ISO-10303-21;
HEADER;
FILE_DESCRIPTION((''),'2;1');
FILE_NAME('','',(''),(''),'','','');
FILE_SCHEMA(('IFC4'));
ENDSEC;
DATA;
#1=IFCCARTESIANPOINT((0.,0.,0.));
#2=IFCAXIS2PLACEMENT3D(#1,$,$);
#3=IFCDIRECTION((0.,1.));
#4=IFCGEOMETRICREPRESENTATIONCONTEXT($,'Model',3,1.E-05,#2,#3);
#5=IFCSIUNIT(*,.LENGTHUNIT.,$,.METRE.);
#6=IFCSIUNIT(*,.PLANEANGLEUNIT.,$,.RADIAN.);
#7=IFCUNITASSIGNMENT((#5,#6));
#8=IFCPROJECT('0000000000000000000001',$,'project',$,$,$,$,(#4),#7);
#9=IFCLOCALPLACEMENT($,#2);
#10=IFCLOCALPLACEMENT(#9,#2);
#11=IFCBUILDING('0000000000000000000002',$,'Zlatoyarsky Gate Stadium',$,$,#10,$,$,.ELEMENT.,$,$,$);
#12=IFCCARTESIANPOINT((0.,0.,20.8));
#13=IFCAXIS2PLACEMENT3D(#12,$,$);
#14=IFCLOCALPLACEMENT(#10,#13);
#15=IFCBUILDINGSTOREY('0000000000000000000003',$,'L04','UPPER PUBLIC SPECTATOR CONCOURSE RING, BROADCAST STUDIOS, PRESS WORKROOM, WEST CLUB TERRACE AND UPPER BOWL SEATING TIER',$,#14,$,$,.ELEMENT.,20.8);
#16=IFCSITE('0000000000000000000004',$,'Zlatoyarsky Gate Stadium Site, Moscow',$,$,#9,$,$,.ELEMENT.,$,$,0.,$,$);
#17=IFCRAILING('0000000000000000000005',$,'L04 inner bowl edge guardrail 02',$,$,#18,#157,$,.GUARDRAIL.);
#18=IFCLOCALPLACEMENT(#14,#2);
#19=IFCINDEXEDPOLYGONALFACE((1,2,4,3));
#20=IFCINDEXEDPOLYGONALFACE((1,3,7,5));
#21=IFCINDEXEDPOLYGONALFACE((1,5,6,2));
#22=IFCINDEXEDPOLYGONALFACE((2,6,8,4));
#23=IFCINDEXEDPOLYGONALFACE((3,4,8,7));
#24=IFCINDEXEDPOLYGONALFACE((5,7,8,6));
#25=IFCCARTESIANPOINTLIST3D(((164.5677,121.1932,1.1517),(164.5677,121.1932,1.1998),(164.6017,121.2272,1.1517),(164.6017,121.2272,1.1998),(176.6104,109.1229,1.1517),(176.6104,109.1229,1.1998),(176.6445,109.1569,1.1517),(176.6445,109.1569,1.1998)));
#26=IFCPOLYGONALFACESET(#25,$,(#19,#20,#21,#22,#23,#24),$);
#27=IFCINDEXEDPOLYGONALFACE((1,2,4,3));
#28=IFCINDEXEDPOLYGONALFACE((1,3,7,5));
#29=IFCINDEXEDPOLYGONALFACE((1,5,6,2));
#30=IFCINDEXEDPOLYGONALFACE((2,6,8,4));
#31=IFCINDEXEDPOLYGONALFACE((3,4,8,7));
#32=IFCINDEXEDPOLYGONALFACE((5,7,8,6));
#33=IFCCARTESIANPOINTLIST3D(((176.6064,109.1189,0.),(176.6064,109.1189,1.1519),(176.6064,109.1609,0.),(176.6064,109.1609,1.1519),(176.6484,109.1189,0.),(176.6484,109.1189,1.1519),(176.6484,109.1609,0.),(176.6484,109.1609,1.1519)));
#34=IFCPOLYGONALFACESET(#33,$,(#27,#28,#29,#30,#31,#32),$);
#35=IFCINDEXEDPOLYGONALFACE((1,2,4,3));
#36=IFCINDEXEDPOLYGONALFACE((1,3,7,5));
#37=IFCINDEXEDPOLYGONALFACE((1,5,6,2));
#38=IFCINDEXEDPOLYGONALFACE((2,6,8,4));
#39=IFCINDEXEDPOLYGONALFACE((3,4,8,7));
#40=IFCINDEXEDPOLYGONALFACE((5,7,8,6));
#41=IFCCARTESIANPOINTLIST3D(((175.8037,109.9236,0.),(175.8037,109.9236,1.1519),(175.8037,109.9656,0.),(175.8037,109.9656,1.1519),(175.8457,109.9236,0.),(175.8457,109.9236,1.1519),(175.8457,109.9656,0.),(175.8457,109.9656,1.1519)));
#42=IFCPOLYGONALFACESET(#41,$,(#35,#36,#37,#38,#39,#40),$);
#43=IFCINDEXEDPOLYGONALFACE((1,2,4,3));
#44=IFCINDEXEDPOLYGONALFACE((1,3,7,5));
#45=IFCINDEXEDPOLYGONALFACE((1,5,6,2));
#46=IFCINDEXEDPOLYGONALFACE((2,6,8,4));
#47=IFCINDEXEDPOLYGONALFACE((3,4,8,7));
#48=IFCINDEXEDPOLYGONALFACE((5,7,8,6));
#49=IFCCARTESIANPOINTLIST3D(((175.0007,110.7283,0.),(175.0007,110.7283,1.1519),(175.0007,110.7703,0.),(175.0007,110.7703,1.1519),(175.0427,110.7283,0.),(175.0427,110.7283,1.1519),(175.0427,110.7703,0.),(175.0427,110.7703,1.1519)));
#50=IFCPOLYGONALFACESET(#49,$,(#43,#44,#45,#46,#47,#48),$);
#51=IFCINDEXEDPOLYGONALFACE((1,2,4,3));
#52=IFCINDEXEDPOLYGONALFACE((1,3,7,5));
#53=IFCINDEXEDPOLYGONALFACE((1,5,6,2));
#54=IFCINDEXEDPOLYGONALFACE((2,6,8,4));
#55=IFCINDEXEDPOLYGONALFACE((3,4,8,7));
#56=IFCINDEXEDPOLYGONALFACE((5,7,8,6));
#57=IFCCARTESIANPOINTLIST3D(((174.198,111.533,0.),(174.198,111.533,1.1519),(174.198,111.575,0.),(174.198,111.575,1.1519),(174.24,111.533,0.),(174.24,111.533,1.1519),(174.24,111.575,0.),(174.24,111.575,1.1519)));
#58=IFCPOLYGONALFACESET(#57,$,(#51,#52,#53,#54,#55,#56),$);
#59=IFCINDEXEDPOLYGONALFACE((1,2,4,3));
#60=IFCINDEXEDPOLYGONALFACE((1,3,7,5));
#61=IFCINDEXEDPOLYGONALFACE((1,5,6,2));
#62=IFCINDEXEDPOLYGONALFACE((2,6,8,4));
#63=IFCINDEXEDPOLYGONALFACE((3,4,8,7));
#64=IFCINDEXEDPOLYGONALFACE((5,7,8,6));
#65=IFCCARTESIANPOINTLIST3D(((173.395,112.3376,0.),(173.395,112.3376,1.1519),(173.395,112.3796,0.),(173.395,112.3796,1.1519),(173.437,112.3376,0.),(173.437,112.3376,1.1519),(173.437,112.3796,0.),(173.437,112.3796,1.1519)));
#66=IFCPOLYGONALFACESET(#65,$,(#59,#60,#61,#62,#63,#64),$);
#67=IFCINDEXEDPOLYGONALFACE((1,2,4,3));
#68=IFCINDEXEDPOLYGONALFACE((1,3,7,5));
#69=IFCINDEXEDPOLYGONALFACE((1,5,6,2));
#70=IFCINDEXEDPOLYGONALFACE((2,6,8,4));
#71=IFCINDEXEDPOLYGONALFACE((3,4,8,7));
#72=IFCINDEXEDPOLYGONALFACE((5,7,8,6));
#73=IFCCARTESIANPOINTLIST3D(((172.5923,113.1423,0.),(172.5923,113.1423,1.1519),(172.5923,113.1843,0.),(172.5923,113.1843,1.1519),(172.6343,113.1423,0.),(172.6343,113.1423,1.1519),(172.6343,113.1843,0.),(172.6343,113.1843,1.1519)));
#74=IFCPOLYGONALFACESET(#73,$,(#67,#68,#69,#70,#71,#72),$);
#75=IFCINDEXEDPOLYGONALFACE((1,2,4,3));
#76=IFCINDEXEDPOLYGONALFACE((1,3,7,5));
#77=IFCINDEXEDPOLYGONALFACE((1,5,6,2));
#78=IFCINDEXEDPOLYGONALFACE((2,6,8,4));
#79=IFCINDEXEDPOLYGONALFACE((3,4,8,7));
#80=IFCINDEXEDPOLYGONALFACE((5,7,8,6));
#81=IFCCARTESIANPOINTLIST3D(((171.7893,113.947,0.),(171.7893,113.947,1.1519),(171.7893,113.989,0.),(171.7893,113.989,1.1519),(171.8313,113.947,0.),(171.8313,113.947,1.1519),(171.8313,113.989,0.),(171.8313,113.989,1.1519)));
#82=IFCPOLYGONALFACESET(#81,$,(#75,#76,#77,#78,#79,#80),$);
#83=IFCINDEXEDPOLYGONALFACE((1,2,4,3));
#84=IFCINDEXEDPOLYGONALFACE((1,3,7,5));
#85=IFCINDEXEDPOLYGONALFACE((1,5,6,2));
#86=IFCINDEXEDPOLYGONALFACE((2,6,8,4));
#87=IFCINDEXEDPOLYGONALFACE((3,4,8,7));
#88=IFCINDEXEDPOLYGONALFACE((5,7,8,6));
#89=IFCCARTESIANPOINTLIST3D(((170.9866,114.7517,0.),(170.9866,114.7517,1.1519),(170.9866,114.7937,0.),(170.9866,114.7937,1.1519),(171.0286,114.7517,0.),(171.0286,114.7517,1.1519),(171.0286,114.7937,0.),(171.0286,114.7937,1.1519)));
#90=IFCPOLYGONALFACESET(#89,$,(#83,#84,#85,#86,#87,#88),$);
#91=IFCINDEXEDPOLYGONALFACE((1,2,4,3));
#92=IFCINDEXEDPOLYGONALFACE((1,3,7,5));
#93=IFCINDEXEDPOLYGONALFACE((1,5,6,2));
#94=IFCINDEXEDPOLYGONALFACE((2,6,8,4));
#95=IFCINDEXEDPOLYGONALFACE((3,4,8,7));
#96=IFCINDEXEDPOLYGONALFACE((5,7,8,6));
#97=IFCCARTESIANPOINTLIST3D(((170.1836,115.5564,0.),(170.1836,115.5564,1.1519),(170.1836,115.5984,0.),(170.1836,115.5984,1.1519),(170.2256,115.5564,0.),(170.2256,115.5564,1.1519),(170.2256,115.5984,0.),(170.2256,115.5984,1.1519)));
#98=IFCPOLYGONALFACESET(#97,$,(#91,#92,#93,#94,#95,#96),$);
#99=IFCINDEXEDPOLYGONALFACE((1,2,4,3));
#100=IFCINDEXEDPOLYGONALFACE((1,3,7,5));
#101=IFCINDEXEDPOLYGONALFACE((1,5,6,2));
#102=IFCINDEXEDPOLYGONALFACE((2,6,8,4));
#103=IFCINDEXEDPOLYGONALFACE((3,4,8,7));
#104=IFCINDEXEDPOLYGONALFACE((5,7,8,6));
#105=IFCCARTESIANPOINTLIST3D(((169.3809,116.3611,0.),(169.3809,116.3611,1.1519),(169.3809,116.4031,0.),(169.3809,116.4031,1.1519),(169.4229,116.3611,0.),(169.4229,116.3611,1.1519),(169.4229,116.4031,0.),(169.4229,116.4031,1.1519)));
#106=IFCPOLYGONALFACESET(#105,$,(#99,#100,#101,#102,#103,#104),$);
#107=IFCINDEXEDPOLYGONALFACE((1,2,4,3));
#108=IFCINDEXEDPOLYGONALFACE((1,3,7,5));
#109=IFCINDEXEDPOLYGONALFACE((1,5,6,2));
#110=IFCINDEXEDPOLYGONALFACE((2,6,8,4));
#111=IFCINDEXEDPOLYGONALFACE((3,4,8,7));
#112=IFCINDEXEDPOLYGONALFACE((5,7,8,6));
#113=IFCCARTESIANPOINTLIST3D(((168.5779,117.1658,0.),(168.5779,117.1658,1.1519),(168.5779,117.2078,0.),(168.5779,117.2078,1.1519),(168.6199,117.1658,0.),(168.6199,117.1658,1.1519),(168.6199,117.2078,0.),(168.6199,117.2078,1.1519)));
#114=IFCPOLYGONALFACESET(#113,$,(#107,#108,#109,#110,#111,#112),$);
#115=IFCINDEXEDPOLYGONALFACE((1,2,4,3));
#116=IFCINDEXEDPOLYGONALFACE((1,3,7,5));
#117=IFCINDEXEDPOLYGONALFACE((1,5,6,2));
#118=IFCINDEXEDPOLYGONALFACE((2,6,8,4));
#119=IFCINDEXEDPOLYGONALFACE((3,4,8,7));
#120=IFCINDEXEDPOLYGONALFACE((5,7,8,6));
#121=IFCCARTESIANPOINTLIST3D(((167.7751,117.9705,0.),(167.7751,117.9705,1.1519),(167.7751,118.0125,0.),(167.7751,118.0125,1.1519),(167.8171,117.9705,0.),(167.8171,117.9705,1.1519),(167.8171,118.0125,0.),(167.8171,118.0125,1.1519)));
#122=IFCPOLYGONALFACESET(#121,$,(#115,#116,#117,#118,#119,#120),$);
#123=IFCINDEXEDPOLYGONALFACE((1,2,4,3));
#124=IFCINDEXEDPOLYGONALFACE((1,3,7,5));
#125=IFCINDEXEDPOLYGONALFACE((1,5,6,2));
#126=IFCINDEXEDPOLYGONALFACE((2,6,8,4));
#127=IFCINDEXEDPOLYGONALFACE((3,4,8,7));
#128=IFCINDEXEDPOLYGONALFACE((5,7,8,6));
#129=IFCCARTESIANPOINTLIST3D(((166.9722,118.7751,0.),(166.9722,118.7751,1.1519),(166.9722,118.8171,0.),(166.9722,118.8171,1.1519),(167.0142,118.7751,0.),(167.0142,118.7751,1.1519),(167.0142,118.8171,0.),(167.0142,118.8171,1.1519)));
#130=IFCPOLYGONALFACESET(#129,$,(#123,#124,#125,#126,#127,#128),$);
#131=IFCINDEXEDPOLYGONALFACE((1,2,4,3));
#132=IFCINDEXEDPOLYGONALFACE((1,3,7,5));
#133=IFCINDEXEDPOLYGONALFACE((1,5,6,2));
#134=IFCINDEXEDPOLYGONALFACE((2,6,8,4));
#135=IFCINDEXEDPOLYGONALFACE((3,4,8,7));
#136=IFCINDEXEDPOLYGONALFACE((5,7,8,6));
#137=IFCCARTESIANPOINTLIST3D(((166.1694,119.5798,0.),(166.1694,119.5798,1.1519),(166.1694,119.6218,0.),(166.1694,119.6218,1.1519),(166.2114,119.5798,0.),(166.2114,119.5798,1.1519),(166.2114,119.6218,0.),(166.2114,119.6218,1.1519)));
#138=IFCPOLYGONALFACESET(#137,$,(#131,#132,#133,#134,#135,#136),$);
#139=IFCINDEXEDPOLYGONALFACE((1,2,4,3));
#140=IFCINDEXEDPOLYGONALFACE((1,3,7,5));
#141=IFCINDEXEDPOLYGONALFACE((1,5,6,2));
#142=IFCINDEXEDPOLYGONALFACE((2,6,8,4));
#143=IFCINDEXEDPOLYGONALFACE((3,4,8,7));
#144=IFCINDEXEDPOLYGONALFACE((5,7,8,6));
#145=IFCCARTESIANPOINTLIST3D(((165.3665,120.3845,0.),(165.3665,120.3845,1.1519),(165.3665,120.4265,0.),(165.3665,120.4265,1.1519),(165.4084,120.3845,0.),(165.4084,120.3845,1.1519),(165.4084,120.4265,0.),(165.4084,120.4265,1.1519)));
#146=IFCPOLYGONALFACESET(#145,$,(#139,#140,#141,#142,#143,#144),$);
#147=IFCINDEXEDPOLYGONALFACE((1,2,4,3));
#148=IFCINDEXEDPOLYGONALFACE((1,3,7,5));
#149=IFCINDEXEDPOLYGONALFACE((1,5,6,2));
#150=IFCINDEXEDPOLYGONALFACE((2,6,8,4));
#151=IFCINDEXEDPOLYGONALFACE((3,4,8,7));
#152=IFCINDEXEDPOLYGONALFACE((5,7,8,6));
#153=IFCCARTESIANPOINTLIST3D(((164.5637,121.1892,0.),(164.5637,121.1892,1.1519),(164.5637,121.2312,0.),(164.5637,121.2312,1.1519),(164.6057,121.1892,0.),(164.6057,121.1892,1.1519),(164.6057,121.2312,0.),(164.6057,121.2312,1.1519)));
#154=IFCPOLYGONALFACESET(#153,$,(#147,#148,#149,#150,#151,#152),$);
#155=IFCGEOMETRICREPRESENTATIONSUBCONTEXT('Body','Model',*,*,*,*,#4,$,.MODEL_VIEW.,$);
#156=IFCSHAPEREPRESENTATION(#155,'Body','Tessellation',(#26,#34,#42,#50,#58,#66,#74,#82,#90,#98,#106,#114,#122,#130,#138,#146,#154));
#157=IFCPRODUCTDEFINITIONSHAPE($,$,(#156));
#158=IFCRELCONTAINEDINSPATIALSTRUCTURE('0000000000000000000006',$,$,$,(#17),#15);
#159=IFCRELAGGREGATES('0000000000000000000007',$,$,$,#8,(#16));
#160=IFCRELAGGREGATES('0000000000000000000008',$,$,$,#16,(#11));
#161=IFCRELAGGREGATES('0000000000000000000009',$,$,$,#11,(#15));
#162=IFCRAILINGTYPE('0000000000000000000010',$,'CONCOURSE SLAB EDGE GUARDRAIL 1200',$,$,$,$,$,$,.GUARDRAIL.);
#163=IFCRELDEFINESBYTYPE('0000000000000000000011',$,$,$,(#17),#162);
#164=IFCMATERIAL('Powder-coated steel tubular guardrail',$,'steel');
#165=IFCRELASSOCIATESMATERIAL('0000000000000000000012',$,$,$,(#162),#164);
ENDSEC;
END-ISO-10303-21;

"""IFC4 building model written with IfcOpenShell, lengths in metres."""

from ifc_helpers import new_model, si_unit, direction, frame, origin, origin_2d, place, context, subcontext, project, spatial, rectangle, extrude, material, type_object, element, save


model = new_model("IFC4")

# Units and contexts
model_context = context("Model", 3, precision=1e-05, world=origin(), true_north=direction((0.0, 1.0)))
body_context = subcontext(model_context, "Body", "Model", "MODEL_VIEW")
ifc_project = project(units=[si_unit("LENGTHUNIT", "METRE"), si_unit("PLANEANGLEUNIT", "RADIAN")], contexts=[model_context])

# Site, building, storey
site_placement = place(None, origin())
site = spatial("IfcSite", under=ifc_project, at=site_placement, Name="Zlatoyarsky Gate Stadium Site, Moscow", CompositionType="ELEMENT", RefElevation=0.0)
building_placement = place(site_placement, origin())
building = spatial("IfcBuilding", under=site, at=building_placement, Name="Zlatoyarsky Gate Stadium", CompositionType="ELEMENT")
storey_placement = place(building_placement, frame((0.0, 0.0, 20.8)))
storey = spatial("IfcBuildingStorey", under=building, at=storey_placement, Name="L04", Description="UPPER PUBLIC SPECTATOR CONCOURSE RING, BROADCAST STUDIOS, PRESS WORKROOM, WEST CLUB TERRACE AND UPPER BOWL SEATING TIER", CompositionType="ELEMENT", Elevation=20.8)

# Railing
ifc_material_1 = material(Name="Powder-coated steel tubular guardrail", Category="steel")
railing_type = type_object("IfcRailingType", Name="CONCOURSE SLAB EDGE GUARDRAIL 1200", PredefinedType="GUARDRAIL", material=ifc_material_1)
railing_1_placement = place(storey_placement, frame((176.6274, 109.1399, 0.0)))
element("IfcRailing", 1, at=railing_1_placement, inside=storey, type_object=railing_type, Name="L04 inner bowl edge guardrail 02", PredefinedType="GUARDRAIL", context=body_context, shape_type="SweptSolid", body=[
    extrude(rectangle(XDim=0.0481, YDim=0.0481, at=origin_2d()), frame((0.0, 0.0, 1.1758), z_axis=(-0.706297, 0.707915, 0.0), x_axis=(-0.707915, -0.706297, 0.0)), (0.0, 0.0, 1.0), 17.0505),
    extrude(rectangle(XDim=0.042, YDim=0.042, at=origin_2d()), origin(), (0.0, 0.0, 1.0), 1.1519),
    extrude(rectangle(XDim=0.042, YDim=0.042, at=origin_2d()), frame((-0.8027, 0.8047, 0.0)), (0.0, 0.0, 1.0), 1.1519),
    extrude(rectangle(XDim=0.042, YDim=0.042, at=origin_2d()), frame((-1.6057, 1.6094, 0.0)), (0.0, 0.0, 1.0), 1.1519),
    extrude(rectangle(XDim=0.042, YDim=0.042, at=origin_2d()), frame((-2.4084, 2.4141, 0.0)), (0.0, 0.0, 1.0), 1.1519),
    extrude(rectangle(XDim=0.042, YDim=0.042, at=origin_2d()), frame((-3.2114, 3.2188, 0.0)), (0.0, 0.0, 1.0), 1.1519),
    extrude(rectangle(XDim=0.042, YDim=0.042, at=origin_2d()), frame((-4.0142, 4.0234, 0.0)), (0.0, 0.0, 1.0), 1.1519),
    extrude(rectangle(XDim=0.042, YDim=0.042, at=origin_2d()), frame((-4.8171, 4.8281, 0.0)), (0.0, 0.0, 1.0), 1.1519),
    extrude(rectangle(XDim=0.042, YDim=0.042, at=origin_2d()), frame((-5.6199, 5.6328, 0.0)), (0.0, 0.0, 1.0), 1.1519),
    extrude(rectangle(XDim=0.042, YDim=0.042, at=origin_2d()), frame((-6.4229, 6.4375, 0.0)), (0.0, 0.0, 1.0), 1.1519),
    extrude(rectangle(XDim=0.042, YDim=0.042, at=origin_2d()), frame((-7.2256, 7.2422, 0.0)), (0.0, 0.0, 1.0), 1.1519),
    extrude(rectangle(XDim=0.042, YDim=0.042, at=origin_2d()), frame((-8.0286, 8.0469, 0.0)), (0.0, 0.0, 1.0), 1.1519),
    extrude(rectangle(XDim=0.042, YDim=0.042, at=origin_2d()), frame((-8.8313, 8.8516, 0.0)), (0.0, 0.0, 1.0), 1.1519),
    extrude(rectangle(XDim=0.042, YDim=0.042, at=origin_2d()), frame((-9.6343, 9.6562, 0.0)), (0.0, 0.0, 1.0), 1.1519),
    extrude(rectangle(XDim=0.042, YDim=0.042, at=origin_2d()), frame((-10.437, 10.4609, 0.0)), (0.0, 0.0, 1.0), 1.1519),
    extrude(rectangle(XDim=0.042, YDim=0.042, at=origin_2d()), frame((-11.24, 11.2656, 0.0)), (0.0, 0.0, 1.0), 1.1519),
    extrude(rectangle(XDim=0.042, YDim=0.042, at=origin_2d()), frame((-12.0427, 12.0703, 0.0)), (0.0, 0.0, 1.0), 1.1519),
])

save(model, "model.ifc")
